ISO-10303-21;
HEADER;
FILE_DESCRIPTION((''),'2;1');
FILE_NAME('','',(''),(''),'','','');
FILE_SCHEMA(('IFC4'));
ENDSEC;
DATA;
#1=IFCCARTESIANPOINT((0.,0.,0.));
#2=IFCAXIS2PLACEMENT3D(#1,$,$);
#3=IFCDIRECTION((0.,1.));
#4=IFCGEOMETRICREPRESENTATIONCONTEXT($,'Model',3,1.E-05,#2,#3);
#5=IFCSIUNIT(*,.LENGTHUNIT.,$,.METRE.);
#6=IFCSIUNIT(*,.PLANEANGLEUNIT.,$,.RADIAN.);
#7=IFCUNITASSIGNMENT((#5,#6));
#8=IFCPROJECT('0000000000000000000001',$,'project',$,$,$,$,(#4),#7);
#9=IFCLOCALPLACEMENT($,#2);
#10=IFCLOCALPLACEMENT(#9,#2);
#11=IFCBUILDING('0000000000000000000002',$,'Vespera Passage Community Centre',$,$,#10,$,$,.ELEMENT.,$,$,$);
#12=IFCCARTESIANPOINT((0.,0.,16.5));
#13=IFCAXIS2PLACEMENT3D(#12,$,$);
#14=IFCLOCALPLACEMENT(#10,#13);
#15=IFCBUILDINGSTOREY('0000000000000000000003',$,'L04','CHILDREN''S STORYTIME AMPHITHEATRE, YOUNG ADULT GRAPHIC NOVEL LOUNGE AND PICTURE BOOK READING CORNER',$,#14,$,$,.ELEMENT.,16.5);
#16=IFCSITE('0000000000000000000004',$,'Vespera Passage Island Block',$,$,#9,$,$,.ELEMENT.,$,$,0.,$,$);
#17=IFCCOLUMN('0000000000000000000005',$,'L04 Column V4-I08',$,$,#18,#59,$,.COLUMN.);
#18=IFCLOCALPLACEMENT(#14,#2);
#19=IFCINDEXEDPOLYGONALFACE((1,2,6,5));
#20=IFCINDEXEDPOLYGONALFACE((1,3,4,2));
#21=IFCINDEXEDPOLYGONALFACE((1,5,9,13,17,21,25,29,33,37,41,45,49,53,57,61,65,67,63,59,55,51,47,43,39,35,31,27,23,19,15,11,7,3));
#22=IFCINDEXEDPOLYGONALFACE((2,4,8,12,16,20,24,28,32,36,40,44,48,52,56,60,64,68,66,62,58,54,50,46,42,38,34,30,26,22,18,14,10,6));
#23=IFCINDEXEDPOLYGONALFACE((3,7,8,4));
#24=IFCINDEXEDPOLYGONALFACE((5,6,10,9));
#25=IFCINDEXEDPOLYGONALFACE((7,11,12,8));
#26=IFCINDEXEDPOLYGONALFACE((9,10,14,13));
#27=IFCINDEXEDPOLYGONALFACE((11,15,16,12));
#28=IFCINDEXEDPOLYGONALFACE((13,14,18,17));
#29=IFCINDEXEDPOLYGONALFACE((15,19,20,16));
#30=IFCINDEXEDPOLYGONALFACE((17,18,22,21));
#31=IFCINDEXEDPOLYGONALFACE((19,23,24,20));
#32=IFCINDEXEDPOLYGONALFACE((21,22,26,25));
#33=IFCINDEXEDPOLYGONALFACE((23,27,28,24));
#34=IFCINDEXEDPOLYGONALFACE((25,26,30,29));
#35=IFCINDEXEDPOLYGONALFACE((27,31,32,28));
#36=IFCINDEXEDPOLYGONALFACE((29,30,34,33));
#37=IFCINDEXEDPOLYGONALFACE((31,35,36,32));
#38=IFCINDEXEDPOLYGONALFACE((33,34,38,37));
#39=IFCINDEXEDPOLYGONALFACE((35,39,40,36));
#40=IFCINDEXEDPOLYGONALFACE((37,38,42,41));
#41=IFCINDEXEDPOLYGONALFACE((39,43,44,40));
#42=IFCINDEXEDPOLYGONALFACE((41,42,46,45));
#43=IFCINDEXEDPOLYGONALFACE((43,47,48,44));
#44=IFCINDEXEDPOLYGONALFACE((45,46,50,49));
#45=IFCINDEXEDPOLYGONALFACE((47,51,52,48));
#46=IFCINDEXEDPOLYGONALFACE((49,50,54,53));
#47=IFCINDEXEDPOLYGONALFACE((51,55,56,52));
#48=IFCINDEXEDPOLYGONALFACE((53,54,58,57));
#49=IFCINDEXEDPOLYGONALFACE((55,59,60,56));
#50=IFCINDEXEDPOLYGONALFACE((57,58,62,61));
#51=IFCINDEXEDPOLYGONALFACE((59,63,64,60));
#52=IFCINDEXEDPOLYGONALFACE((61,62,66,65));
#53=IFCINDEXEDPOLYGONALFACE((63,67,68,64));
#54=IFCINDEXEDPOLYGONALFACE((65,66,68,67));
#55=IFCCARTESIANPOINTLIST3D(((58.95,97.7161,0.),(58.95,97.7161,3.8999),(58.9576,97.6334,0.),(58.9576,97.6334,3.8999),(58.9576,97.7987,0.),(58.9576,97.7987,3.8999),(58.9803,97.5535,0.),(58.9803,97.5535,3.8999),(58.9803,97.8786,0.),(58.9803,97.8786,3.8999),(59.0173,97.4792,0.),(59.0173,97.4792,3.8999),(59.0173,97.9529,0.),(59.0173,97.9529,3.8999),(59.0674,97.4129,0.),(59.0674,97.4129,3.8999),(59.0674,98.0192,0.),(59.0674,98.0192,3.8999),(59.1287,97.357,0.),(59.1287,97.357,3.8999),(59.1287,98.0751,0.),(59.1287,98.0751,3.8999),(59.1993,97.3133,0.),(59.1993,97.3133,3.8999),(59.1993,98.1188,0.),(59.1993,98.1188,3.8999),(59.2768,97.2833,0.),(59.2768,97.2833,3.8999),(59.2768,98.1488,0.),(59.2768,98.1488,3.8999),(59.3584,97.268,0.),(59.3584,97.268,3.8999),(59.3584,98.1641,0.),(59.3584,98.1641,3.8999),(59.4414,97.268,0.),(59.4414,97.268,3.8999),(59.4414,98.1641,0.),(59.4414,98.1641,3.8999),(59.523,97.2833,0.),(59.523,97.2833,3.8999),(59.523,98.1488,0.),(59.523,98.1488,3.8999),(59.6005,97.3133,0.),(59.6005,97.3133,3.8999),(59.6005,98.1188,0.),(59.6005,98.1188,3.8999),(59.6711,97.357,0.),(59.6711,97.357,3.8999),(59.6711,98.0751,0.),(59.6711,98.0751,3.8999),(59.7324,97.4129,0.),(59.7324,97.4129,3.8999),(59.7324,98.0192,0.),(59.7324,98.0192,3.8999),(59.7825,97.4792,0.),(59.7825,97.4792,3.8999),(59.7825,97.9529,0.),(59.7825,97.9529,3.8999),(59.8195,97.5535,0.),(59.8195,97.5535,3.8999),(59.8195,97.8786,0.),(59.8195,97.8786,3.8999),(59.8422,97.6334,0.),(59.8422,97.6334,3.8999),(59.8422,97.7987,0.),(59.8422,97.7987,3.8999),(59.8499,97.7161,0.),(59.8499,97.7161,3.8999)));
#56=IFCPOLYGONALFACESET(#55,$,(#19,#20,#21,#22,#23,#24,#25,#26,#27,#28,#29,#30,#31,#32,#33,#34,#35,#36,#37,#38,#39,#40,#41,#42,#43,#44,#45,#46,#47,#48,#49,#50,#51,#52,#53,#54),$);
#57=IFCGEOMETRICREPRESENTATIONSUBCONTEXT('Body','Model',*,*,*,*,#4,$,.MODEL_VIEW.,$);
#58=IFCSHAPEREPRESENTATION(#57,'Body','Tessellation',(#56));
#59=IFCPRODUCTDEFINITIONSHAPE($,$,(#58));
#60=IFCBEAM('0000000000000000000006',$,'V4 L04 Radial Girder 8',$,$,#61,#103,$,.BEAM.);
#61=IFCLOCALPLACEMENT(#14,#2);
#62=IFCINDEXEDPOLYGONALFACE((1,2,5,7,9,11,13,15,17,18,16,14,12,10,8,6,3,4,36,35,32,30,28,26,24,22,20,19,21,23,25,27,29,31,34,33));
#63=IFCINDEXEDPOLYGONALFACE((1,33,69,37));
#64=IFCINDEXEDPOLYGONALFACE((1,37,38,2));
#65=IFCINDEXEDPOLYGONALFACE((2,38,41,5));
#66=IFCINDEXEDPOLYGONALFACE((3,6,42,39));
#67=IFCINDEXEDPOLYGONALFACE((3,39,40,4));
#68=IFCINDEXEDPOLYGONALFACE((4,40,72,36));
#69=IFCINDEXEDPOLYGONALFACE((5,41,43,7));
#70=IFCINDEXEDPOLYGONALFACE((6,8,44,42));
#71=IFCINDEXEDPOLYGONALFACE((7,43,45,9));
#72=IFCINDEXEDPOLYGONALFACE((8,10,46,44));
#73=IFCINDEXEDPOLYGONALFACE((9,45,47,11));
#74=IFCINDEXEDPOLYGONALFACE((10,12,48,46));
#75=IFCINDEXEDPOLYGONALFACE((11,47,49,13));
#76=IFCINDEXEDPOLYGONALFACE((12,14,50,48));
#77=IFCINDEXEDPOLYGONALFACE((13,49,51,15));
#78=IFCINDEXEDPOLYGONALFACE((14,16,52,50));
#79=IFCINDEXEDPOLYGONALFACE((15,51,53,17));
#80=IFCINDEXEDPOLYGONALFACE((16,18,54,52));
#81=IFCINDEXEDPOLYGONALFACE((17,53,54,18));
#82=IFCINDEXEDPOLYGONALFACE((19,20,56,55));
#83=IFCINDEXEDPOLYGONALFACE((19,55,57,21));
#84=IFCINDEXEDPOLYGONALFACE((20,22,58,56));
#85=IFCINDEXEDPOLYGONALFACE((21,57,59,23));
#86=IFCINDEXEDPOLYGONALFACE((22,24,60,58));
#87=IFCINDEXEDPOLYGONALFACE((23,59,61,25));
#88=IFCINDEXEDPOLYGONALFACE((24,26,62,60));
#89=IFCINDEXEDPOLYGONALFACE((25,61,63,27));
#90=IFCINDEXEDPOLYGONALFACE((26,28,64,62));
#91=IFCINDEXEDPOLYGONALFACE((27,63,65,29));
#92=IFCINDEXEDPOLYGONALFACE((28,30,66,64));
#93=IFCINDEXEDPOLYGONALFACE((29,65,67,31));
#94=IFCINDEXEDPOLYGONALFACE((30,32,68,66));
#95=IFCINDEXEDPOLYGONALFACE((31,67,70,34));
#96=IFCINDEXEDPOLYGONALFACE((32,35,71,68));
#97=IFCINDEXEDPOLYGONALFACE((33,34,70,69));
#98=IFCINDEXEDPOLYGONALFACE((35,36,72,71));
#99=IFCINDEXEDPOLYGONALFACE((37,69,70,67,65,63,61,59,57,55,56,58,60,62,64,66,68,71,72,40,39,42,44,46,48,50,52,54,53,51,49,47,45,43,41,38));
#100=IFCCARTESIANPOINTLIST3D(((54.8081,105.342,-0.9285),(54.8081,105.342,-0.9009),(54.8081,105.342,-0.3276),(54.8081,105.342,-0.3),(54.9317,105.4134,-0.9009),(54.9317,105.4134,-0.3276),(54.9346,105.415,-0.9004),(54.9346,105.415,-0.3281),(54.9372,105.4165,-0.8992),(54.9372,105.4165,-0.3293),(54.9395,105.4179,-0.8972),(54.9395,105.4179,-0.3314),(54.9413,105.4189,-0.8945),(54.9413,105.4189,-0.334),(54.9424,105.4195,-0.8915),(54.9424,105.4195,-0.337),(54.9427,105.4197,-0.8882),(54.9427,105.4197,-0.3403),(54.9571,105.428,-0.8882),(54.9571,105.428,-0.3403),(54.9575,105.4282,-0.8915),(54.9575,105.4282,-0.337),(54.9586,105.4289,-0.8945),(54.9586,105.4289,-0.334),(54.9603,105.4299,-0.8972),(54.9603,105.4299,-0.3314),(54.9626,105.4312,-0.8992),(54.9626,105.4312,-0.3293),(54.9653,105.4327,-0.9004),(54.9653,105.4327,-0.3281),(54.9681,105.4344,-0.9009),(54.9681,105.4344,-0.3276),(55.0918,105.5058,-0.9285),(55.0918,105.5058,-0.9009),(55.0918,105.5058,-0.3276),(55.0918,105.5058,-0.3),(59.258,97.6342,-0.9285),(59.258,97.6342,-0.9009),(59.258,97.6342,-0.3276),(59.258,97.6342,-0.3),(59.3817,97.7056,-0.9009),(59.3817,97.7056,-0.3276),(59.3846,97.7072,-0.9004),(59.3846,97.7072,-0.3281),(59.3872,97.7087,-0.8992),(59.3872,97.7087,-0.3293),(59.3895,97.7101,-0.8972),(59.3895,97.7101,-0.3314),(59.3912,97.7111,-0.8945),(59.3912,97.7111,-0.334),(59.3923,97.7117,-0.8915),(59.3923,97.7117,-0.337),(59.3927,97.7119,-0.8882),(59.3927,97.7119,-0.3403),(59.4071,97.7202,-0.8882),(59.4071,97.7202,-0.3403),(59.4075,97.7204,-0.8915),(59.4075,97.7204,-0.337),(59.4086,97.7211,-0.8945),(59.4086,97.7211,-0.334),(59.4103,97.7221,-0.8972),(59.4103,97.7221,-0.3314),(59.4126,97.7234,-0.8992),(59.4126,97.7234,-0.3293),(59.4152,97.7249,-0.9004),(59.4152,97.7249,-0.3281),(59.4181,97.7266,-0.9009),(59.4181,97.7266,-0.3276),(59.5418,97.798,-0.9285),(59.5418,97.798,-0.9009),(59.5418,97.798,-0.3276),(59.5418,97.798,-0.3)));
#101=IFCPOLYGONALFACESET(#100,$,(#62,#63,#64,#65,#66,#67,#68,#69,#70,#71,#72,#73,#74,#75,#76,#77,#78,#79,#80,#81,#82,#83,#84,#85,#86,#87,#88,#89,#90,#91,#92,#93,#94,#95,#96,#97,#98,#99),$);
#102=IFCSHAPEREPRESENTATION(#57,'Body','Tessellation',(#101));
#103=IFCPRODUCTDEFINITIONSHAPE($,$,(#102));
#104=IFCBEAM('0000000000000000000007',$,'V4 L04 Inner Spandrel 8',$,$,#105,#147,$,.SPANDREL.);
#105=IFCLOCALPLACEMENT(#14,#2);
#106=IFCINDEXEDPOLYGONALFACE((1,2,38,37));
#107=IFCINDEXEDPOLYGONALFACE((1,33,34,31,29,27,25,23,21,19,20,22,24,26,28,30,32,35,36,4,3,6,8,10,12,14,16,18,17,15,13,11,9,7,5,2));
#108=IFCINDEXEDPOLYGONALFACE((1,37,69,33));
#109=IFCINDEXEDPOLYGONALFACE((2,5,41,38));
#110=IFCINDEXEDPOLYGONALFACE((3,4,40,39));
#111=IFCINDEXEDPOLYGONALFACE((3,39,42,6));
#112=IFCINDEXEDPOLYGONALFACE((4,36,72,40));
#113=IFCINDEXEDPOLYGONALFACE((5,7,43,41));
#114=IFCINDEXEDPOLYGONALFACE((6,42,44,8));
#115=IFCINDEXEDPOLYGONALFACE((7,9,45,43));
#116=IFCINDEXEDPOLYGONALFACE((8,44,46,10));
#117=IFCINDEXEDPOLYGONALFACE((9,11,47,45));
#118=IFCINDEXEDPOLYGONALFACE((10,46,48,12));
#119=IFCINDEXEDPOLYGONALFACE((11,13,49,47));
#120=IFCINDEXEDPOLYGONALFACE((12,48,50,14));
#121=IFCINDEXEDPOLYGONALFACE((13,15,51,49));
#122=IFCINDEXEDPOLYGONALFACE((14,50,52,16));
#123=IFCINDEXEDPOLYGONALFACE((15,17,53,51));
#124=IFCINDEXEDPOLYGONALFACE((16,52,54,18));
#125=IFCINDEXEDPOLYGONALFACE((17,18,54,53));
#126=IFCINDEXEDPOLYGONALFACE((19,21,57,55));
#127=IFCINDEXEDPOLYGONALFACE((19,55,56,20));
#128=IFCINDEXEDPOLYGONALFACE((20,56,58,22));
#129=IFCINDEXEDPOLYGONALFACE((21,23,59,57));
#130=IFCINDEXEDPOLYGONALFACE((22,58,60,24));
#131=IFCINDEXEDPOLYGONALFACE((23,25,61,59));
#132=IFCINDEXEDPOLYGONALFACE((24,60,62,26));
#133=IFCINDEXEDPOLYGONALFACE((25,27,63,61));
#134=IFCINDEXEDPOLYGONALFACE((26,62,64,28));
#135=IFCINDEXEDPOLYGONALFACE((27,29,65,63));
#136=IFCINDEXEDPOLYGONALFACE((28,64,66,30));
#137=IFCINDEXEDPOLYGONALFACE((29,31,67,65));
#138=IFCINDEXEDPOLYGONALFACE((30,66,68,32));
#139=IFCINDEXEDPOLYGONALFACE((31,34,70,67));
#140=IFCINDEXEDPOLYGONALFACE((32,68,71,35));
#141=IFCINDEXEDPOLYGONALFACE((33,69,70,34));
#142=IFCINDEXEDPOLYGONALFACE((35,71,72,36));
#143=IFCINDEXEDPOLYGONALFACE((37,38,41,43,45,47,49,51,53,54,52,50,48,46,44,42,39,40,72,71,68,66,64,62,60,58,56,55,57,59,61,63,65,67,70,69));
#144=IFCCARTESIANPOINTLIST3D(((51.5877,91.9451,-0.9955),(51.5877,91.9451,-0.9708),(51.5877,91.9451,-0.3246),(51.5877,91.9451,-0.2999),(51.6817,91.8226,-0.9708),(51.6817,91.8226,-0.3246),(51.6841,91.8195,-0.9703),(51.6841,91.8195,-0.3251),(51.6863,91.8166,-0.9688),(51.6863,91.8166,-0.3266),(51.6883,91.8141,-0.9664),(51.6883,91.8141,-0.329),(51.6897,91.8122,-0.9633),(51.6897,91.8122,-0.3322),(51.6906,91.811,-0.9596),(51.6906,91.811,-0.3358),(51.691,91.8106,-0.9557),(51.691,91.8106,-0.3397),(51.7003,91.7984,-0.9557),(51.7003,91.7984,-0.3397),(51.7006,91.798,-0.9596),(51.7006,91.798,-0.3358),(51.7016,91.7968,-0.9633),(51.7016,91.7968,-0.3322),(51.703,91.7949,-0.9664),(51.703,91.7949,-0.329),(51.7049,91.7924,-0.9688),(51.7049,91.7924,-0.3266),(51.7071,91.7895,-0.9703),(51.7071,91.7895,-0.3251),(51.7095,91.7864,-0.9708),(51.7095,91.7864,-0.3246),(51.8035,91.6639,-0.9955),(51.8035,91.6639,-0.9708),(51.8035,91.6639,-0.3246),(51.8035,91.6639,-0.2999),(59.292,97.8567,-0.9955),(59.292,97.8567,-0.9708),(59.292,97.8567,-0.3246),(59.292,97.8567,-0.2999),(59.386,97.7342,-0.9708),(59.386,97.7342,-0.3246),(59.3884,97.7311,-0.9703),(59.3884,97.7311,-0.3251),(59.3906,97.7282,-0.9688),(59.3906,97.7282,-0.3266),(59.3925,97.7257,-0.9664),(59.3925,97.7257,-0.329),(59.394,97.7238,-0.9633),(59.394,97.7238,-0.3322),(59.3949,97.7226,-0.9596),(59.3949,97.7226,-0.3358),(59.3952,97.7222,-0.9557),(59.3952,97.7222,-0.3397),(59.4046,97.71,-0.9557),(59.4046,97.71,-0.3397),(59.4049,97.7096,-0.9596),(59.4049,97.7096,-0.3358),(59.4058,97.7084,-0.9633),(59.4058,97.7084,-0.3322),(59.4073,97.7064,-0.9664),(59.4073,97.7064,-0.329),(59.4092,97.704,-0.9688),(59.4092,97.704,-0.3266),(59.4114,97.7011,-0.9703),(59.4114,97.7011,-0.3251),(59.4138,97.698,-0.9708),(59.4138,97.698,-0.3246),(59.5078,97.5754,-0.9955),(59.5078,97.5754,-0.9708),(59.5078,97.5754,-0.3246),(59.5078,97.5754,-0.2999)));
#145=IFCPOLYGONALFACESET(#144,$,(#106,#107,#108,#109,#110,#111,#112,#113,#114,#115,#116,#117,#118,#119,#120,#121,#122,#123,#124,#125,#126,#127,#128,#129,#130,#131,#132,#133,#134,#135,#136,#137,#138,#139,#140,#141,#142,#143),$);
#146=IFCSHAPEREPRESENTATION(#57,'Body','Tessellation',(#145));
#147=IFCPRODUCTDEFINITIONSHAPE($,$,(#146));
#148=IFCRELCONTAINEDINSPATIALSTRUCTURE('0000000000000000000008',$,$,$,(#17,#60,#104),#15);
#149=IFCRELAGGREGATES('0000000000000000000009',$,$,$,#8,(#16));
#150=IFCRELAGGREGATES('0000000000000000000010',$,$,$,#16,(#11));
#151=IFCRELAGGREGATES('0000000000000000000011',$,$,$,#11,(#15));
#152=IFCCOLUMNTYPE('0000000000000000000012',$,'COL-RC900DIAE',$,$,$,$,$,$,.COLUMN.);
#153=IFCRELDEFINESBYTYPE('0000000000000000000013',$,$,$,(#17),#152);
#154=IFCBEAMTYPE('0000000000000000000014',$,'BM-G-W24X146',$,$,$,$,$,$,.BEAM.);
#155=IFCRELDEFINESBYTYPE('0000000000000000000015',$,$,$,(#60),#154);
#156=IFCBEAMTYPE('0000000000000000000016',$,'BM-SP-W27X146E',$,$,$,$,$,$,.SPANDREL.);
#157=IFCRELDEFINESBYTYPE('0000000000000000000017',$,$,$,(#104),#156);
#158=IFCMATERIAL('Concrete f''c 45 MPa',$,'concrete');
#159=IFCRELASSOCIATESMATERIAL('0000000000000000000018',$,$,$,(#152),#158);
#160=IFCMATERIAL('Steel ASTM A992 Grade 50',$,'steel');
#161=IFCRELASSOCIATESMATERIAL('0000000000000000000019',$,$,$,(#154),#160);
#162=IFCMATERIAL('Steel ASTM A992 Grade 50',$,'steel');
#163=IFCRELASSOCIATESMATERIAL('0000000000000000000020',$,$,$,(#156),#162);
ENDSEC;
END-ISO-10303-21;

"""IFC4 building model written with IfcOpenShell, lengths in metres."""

from ifc_helpers import new_model, si_unit, direction, frame, origin, origin_2d, place, context, subcontext, project, spatial, circle, i_section, extrude, material, material_profile, profile_set, type_object, element, save


model = new_model("IFC4")

# Units and contexts
model_context = context("Model", 3, precision=1e-05, world=origin(), true_north=direction((0.0, 1.0)))
body_context = subcontext(model_context, "Body", "Model", "MODEL_VIEW")
ifc_project = project(units=[si_unit("LENGTHUNIT", "METRE"), si_unit("PLANEANGLEUNIT", "RADIAN")], contexts=[model_context])

# Site, building, storey
site_placement = place(None, origin())
site = spatial("IfcSite", under=ifc_project, at=site_placement, Name="Vespera Passage Island Block", CompositionType="ELEMENT", RefElevation=0.0)
building_placement = place(site_placement, origin())
building = spatial("IfcBuilding", under=site, at=building_placement, Name="Vespera Passage Community Centre", CompositionType="ELEMENT")
storey_placement = place(building_placement, frame((0.0, 0.0, 16.5)))
storey = spatial("IfcBuildingStorey", under=building, at=storey_placement, Name="L04", Description="CHILDREN'S STORYTIME AMPHITHEATRE, YOUNG ADULT GRAPHIC NOVEL LOUNGE AND PICTURE BOOK READING CORNER", CompositionType="ELEMENT", Elevation=16.5)

# Column
ifc_material_1 = material(Name="Concrete f'c 45 MPa", Category="concrete")
ifc_material_profile_1 = material_profile(ifc_material_1, circle(Radius=0.45, at=origin_2d()), Name="RC900DIA")
ifc_profile_set_1 = profile_set([ifc_material_profile_1], Name="Concrete f'c 45 MPa")
column_type = type_object("IfcColumnType", Name="COL-RC900DIAE", PredefinedType="COLUMN", material=ifc_profile_set_1)
column_placement = place(storey_placement, frame((59.3999, 97.7161, 0.0), z_axis=(0.0, 0.0, 1.0), x_axis=(1.0, 0.0, 0.0)))
element("IfcColumn", 1, at=column_placement, inside=storey, type_object=column_type, Name="L04 Column V4-I08", PredefinedType="COLUMN", context=body_context, shape_type="SweptSolid", body=[
    extrude(circle(Radius=0.45, at=origin_2d()), origin(), (0.0, 0.0, 1.0), 3.8999),
])

# Beams
ifc_material_2 = material(Name="Steel ASTM A992 Grade 50", Category="steel")
ifc_material_profile_2 = material_profile(ifc_material_2, i_section(OverallWidth=0.3276, OverallDepth=0.6284, WebThickness=0.0166, FlangeThickness=0.0276, FilletRadius=0.0127, at=origin_2d()), Name="W24X146")
ifc_profile_set_2 = profile_set([ifc_material_profile_2], Name="Steel ASTM A992 Grade 50")
beam_type_1 = type_object("IfcBeamType", Name="BM-G-W24X146", PredefinedType="BEAM", material=ifc_profile_set_2)
beam_1_placement = place(storey_placement, frame((59.3999, 97.7161, -0.6143), z_axis=(-0.499989, 0.866032, 0.0), x_axis=(-0.866032, -0.499989, 0.0)))
element("IfcBeam", 2, at=beam_1_placement, inside=storey, type_object=beam_type_1, Name="V4 L04 Radial Girder 8", PredefinedType="BEAM", context=body_context, shape_type="SweptSolid", body=[
    extrude(i_section(OverallWidth=0.3276, OverallDepth=0.6284, WebThickness=0.0166, FlangeThickness=0.0276, FilletRadius=0.0127, at=origin_2d()), origin(), (0.0, 0.0, 1.0), 8.9001),
])
ifc_material_3 = material(Name="Steel ASTM A992 Grade 50", Category="steel")
ifc_material_profile_3 = material_profile(ifc_material_3, i_section(OverallWidth=0.3545, OverallDepth=0.6956, WebThickness=0.0154, FlangeThickness=0.0247, FilletRadius=0.0151, at=origin_2d()), Name="W27X146")
ifc_profile_set_3 = profile_set([ifc_material_profile_3], Name="Steel ASTM A992 Grade 50")
beam_type_2 = type_object("IfcBeamType", Name="BM-SP-W27X146E", PredefinedType="SPANDREL", material=ifc_profile_set_3)
beam_2_placement = place(storey_placement, frame((59.3999, 97.7161, -0.6477), z_axis=(-0.79336, -0.608753, 0.0), x_axis=(0.608753, -0.79336, 0.0)))
element("IfcBeam", 3, at=beam_2_placement, inside=storey, type_object=beam_type_2, Name="V4 L04 Inner Spandrel 8", PredefinedType="SPANDREL", context=body_context, shape_type="SweptSolid", body=[
    extrude(i_section(OverallWidth=0.3545, OverallDepth=0.6956, WebThickness=0.0154, FlangeThickness=0.0247, FilletRadius=0.0151, at=origin_2d()), origin(), (0.0, 0.0, 1.0), 9.7109),
])

save(model, "model.ifc")
